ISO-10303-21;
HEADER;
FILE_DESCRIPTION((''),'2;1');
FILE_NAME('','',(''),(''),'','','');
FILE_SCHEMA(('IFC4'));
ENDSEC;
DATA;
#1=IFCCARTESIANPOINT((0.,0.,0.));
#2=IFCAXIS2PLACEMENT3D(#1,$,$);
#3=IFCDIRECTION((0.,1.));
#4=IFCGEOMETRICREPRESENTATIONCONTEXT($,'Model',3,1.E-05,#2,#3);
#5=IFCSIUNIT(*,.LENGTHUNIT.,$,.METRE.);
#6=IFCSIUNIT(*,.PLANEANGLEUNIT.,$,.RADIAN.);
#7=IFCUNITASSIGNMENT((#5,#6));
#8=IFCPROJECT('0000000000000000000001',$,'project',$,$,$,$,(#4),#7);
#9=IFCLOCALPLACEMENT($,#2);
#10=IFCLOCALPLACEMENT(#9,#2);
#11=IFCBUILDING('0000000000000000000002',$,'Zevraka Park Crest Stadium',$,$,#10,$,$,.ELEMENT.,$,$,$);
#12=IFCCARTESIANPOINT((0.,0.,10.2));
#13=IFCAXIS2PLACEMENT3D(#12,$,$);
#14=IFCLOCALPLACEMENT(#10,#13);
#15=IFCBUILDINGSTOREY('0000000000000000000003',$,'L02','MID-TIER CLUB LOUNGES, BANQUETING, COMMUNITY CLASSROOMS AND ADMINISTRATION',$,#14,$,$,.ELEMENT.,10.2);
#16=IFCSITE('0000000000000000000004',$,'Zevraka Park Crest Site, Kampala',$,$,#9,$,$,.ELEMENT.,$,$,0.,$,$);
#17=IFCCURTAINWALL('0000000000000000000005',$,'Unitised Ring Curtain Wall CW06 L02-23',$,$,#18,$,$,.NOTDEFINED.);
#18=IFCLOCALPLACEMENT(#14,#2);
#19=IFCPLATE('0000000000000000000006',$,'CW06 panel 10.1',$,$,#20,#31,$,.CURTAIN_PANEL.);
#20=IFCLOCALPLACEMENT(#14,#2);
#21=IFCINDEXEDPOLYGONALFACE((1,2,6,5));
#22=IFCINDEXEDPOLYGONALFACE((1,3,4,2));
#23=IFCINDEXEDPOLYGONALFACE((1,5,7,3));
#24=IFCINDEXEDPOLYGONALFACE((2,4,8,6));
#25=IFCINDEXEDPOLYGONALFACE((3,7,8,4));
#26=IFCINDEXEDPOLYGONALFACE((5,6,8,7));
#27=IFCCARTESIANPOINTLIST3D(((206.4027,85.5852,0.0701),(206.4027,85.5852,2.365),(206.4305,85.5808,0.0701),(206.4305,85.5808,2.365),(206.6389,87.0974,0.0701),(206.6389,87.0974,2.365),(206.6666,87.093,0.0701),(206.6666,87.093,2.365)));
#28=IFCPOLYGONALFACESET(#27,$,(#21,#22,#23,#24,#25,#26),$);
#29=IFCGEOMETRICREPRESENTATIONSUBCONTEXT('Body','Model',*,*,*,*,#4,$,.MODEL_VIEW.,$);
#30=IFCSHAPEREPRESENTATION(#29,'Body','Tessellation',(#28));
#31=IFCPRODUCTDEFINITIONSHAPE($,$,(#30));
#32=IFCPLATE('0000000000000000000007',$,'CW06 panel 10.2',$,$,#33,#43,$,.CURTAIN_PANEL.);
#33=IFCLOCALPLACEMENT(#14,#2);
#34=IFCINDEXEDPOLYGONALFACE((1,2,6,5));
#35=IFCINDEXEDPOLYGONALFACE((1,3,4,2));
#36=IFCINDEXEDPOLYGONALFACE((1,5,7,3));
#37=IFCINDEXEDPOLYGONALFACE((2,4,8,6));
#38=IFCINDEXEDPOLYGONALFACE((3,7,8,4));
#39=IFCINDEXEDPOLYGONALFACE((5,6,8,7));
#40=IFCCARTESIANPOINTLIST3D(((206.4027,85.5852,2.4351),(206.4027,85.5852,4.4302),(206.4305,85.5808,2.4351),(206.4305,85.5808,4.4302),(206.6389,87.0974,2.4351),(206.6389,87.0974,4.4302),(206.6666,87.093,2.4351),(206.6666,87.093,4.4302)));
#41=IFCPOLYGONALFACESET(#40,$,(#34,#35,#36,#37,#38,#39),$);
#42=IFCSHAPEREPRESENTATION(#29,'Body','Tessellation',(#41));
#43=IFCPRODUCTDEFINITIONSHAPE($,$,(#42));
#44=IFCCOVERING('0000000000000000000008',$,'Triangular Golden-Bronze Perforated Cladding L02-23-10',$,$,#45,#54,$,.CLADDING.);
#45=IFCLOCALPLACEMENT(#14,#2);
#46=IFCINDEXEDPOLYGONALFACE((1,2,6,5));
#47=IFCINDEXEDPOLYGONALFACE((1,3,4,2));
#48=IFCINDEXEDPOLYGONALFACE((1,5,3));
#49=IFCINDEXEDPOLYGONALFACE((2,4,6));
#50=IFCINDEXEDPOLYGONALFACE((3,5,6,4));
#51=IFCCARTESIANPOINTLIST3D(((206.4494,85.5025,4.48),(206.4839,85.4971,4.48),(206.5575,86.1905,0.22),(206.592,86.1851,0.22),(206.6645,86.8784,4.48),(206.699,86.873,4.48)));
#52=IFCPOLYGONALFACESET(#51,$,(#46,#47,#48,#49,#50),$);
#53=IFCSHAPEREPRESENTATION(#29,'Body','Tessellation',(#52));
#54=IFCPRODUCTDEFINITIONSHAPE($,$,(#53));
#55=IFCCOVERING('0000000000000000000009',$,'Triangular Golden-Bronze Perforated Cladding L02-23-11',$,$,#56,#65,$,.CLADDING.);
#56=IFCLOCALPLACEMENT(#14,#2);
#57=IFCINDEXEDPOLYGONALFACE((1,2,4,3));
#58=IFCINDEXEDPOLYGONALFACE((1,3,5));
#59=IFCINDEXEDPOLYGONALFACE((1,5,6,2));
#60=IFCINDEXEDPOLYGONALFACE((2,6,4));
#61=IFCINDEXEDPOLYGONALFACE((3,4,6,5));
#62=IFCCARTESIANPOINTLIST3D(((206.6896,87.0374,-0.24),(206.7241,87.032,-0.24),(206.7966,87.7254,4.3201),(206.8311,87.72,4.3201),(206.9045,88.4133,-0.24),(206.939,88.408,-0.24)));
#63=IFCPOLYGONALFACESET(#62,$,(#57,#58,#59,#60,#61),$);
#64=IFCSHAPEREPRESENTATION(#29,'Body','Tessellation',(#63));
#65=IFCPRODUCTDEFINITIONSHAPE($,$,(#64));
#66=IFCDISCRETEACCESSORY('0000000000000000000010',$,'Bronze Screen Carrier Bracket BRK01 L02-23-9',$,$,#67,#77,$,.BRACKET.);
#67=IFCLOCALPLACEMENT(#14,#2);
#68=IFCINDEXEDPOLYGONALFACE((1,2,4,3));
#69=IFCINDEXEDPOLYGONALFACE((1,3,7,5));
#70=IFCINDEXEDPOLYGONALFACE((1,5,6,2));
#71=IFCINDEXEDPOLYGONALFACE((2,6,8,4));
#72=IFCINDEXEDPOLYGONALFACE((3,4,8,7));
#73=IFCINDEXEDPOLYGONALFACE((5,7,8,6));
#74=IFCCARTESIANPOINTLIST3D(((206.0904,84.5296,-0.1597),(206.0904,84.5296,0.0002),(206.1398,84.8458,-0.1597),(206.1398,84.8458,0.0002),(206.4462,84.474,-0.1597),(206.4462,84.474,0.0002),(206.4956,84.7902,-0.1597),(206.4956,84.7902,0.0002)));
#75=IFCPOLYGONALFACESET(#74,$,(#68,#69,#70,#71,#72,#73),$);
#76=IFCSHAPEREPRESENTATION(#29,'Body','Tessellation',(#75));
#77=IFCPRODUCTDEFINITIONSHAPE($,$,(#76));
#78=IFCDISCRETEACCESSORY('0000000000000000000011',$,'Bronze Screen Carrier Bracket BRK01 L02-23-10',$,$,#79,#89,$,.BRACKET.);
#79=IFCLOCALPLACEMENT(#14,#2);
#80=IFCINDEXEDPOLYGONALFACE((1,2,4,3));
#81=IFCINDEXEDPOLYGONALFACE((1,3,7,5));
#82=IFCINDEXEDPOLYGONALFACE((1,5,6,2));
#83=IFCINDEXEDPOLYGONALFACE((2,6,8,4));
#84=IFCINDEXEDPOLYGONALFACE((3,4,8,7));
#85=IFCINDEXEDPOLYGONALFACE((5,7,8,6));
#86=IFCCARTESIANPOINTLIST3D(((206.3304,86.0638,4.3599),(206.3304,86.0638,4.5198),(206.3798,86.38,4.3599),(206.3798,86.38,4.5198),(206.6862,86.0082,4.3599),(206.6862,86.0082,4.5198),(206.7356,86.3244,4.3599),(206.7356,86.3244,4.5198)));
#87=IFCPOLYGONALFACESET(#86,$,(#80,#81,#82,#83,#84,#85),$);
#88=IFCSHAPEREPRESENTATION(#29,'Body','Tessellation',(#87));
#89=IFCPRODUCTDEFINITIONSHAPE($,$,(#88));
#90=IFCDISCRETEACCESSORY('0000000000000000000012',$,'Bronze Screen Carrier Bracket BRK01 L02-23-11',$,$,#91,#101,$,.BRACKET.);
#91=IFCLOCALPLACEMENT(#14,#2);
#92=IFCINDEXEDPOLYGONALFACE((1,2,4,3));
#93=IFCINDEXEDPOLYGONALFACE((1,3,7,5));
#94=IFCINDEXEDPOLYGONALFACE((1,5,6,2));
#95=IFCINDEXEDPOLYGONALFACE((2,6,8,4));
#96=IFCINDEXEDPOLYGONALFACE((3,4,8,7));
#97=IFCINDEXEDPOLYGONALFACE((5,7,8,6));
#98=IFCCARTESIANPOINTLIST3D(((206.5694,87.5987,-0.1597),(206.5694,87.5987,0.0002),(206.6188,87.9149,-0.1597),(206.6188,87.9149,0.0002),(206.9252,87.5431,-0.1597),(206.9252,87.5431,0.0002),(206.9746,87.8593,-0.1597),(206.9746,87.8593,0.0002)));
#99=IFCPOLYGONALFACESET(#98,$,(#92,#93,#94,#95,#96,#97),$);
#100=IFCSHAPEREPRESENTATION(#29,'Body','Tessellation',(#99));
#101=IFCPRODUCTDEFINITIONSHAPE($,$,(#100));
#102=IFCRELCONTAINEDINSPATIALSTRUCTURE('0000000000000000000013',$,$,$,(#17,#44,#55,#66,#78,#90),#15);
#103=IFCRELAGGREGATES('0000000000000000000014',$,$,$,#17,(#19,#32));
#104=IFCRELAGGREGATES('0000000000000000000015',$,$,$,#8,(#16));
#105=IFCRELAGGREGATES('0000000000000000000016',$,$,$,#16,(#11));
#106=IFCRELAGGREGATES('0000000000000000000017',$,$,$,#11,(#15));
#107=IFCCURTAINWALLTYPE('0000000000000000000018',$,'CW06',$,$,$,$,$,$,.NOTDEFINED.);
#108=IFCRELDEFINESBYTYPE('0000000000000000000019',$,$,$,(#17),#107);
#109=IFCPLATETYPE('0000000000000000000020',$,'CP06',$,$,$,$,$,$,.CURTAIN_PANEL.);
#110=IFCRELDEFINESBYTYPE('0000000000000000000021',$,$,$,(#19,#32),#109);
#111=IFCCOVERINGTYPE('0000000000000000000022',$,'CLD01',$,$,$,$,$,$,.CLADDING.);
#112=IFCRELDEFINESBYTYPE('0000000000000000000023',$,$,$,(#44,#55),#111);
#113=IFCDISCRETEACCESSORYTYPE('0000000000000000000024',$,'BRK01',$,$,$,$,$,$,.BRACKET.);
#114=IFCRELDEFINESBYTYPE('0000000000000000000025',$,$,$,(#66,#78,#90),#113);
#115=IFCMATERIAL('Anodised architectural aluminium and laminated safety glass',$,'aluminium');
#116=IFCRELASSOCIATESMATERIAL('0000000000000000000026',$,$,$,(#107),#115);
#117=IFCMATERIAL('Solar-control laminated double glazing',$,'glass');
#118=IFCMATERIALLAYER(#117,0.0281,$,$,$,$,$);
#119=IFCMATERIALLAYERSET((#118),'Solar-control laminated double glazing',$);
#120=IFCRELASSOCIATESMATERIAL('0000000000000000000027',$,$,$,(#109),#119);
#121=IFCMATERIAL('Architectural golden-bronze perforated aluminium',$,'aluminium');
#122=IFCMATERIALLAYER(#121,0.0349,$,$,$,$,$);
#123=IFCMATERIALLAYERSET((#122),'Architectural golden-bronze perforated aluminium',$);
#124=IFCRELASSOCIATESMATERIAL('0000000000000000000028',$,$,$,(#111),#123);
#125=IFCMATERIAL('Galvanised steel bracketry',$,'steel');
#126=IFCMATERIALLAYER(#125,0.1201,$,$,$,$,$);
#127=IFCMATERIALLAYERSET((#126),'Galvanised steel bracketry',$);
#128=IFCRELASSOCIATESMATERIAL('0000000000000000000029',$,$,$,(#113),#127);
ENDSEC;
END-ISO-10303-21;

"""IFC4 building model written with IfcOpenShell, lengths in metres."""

from ifc_helpers import new_model, si_unit, direction, frame, origin, origin_2d, place, context, subcontext, project, spatial, polyline, rectangle, outline, extrude, material, layer, layer_set, type_object, element, aggregate, save


model = new_model("IFC4")

# Units and contexts
model_context = context("Model", 3, precision=1e-05, world=origin(), true_north=direction((0.0, 1.0)))
body_context = subcontext(model_context, "Body", "Model", "MODEL_VIEW")
ifc_project = project(units=[si_unit("LENGTHUNIT", "METRE"), si_unit("PLANEANGLEUNIT", "RADIAN")], contexts=[model_context])

# Site, building, storey
site_placement = place(None, origin())
site = spatial("IfcSite", under=ifc_project, at=site_placement, Name="Zevraka Park Crest Site, Kampala", CompositionType="ELEMENT", RefElevation=0.0)
building_placement = place(site_placement, origin())
building = spatial("IfcBuilding", under=site, at=building_placement, Name="Zevraka Park Crest Stadium", CompositionType="ELEMENT")
storey_placement = place(building_placement, frame((0.0, 0.0, 10.2)))
storey = spatial("IfcBuildingStorey", under=building, at=storey_placement, Name="L02", Description="MID-TIER CLUB LOUNGES, BANQUETING, COMMUNITY CLASSROOMS AND ADMINISTRATION", CompositionType="ELEMENT", Elevation=10.2)

# Curtain wall, plates
ifc_material_1 = material(Name="Anodised architectural aluminium and laminated safety glass", Category="aluminium")
curtain_wall_type = type_object("IfcCurtainWallType", Name="CW06", PredefinedType="NOTDEFINED", material=ifc_material_1)
curtain_wall_placement = place(storey_placement, origin())
curtain_wall = element("IfcCurtainWall", 1, at=curtain_wall_placement, inside=storey, type_object=curtain_wall_type, Name="Unitised Ring Curtain Wall CW06 L02-23", PredefinedType="NOTDEFINED")
ifc_material_2 = material(Name="Solar-control laminated double glazing", Category="glass")
ifc_layer_1 = layer(ifc_material_2, 0.0281)
ifc_layer_set_1 = layer_set([ifc_layer_1], Name="Solar-control laminated double glazing")
plate_type = type_object("IfcPlateType", Name="CP06", PredefinedType="CURTAIN_PANEL", material=ifc_layer_set_1)
plate_1_placement = place(storey_placement, frame((206.5347, 86.3391, 0.0701), z_axis=(0.0, 0.0, 1.0), x_axis=(0.154274, 0.988028, 0.0)))
plate_1 = element("IfcPlate", 2, at=plate_1_placement, type_object=plate_type, Name="CW06 panel 10.1", PredefinedType="CURTAIN_PANEL", context=body_context, shape_type="SweptSolid", body=[
    extrude(rectangle(XDim=1.5305, YDim=0.0281, at=origin_2d()), origin(), (0.0, 0.0, 1.0), 2.2949),
])
plate_2_placement = place(storey_placement, frame((206.5347, 86.3391, 2.4351), z_axis=(0.0, 0.0, 1.0), x_axis=(0.154274, 0.988028, 0.0)))
plate_2 = element("IfcPlate", 3, at=plate_2_placement, type_object=plate_type, Name="CW06 panel 10.2", PredefinedType="CURTAIN_PANEL", context=body_context, shape_type="SweptSolid", body=[
    extrude(rectangle(XDim=1.5305, YDim=0.0281, at=origin_2d()), origin(), (0.0, 0.0, 1.0), 1.9951),
])
aggregate(curtain_wall, [plate_1, plate_2])

# Coverings
ifc_material_3 = material(Name="Architectural golden-bronze perforated aluminium", Category="aluminium")
ifc_layer_2 = layer(ifc_material_3, 0.0349)
ifc_layer_set_2 = layer_set([ifc_layer_2], Name="Architectural golden-bronze perforated aluminium")
covering_type = type_object("IfcCoveringType", Name="CLD01", PredefinedType="CLADDING", material=ifc_layer_set_2)
covering_1_placement = place(storey_placement, frame((206.699, 86.873, 4.48), z_axis=(0.988002, -0.154441, 0.000142), x_axis=(-0.154441, -0.988002, 0.0)))
element("IfcCovering", 4, at=covering_1_placement, inside=storey, type_object=covering_type, Name="Triangular Golden-Bronze Perforated Cladding L02-23-10", PredefinedType="CLADDING", context=body_context, shape_type="SweptSolid", body=[
    extrude(outline(polyline([(0.0, 0.0), (1.3927, 0.0), (0.6962, 4.26), (0.0, 0.0)])), origin(), (0.0, 0.0, -1.0), 0.0349),
])
covering_2_placement = place(storey_placement, frame((206.7241, 87.032, -0.24), z_axis=(0.988029, -0.15427, 0.000106), x_axis=(0.15427, 0.988029, 0.0)))
element("IfcCovering", 5, at=covering_2_placement, inside=storey, type_object=covering_type, Name="Triangular Golden-Bronze Perforated Cladding L02-23-11", PredefinedType="CLADDING", context=body_context, shape_type="SweptSolid", body=[
    extrude(outline(polyline([(0.0, 0.0), (1.3926, 0.0), (0.6962, 4.5601), (0.0, 0.0)])), origin(), (0.0, 0.0, -1.0), 0.0349),
])

# Discrete accessories
ifc_material_4 = material(Name="Galvanised steel bracketry", Category="steel")
ifc_layer_3 = layer(ifc_material_4, 0.1201)
ifc_layer_set_3 = layer_set([ifc_layer_3], Name="Galvanised steel bracketry")
discrete_accessory_type = type_object("IfcDiscreteAccessoryType", Name="BRK01", PredefinedType="BRACKET", material=ifc_layer_set_3)
for number, where, z_axis, x_axis, name in (
    (6, (206.293, 84.6599, -0.1597), (0.0, 0.0, 1.0), (0.154366, 0.988014, 0.0), "Bronze Screen Carrier Bracket BRK01 L02-23-9"),
    (7, (206.533, 86.1941, 4.3599), (0.0, 0.0, 1.0), (0.154366, 0.988014, 0.0), "Bronze Screen Carrier Bracket BRK01 L02-23-10"),
    (8, (206.772, 87.729, -0.1597), (0.0, 0.0, 1.0), (0.154366, 0.988014, 0.0), "Bronze Screen Carrier Bracket BRK01 L02-23-11"),
):
    element("IfcDiscreteAccessory", number, at=place(storey_placement, frame(where, z_axis=z_axis, x_axis=x_axis)), inside=storey, type_object=discrete_accessory_type, Name=name, PredefinedType="BRACKET", context=body_context, shape_type="SweptSolid", body=[
        extrude(rectangle(XDim=0.3201, YDim=0.3601, at=origin_2d()), origin(), (0.0, 0.0, 1.0), 0.1599),
    ])

save(model, "model.ifc")
